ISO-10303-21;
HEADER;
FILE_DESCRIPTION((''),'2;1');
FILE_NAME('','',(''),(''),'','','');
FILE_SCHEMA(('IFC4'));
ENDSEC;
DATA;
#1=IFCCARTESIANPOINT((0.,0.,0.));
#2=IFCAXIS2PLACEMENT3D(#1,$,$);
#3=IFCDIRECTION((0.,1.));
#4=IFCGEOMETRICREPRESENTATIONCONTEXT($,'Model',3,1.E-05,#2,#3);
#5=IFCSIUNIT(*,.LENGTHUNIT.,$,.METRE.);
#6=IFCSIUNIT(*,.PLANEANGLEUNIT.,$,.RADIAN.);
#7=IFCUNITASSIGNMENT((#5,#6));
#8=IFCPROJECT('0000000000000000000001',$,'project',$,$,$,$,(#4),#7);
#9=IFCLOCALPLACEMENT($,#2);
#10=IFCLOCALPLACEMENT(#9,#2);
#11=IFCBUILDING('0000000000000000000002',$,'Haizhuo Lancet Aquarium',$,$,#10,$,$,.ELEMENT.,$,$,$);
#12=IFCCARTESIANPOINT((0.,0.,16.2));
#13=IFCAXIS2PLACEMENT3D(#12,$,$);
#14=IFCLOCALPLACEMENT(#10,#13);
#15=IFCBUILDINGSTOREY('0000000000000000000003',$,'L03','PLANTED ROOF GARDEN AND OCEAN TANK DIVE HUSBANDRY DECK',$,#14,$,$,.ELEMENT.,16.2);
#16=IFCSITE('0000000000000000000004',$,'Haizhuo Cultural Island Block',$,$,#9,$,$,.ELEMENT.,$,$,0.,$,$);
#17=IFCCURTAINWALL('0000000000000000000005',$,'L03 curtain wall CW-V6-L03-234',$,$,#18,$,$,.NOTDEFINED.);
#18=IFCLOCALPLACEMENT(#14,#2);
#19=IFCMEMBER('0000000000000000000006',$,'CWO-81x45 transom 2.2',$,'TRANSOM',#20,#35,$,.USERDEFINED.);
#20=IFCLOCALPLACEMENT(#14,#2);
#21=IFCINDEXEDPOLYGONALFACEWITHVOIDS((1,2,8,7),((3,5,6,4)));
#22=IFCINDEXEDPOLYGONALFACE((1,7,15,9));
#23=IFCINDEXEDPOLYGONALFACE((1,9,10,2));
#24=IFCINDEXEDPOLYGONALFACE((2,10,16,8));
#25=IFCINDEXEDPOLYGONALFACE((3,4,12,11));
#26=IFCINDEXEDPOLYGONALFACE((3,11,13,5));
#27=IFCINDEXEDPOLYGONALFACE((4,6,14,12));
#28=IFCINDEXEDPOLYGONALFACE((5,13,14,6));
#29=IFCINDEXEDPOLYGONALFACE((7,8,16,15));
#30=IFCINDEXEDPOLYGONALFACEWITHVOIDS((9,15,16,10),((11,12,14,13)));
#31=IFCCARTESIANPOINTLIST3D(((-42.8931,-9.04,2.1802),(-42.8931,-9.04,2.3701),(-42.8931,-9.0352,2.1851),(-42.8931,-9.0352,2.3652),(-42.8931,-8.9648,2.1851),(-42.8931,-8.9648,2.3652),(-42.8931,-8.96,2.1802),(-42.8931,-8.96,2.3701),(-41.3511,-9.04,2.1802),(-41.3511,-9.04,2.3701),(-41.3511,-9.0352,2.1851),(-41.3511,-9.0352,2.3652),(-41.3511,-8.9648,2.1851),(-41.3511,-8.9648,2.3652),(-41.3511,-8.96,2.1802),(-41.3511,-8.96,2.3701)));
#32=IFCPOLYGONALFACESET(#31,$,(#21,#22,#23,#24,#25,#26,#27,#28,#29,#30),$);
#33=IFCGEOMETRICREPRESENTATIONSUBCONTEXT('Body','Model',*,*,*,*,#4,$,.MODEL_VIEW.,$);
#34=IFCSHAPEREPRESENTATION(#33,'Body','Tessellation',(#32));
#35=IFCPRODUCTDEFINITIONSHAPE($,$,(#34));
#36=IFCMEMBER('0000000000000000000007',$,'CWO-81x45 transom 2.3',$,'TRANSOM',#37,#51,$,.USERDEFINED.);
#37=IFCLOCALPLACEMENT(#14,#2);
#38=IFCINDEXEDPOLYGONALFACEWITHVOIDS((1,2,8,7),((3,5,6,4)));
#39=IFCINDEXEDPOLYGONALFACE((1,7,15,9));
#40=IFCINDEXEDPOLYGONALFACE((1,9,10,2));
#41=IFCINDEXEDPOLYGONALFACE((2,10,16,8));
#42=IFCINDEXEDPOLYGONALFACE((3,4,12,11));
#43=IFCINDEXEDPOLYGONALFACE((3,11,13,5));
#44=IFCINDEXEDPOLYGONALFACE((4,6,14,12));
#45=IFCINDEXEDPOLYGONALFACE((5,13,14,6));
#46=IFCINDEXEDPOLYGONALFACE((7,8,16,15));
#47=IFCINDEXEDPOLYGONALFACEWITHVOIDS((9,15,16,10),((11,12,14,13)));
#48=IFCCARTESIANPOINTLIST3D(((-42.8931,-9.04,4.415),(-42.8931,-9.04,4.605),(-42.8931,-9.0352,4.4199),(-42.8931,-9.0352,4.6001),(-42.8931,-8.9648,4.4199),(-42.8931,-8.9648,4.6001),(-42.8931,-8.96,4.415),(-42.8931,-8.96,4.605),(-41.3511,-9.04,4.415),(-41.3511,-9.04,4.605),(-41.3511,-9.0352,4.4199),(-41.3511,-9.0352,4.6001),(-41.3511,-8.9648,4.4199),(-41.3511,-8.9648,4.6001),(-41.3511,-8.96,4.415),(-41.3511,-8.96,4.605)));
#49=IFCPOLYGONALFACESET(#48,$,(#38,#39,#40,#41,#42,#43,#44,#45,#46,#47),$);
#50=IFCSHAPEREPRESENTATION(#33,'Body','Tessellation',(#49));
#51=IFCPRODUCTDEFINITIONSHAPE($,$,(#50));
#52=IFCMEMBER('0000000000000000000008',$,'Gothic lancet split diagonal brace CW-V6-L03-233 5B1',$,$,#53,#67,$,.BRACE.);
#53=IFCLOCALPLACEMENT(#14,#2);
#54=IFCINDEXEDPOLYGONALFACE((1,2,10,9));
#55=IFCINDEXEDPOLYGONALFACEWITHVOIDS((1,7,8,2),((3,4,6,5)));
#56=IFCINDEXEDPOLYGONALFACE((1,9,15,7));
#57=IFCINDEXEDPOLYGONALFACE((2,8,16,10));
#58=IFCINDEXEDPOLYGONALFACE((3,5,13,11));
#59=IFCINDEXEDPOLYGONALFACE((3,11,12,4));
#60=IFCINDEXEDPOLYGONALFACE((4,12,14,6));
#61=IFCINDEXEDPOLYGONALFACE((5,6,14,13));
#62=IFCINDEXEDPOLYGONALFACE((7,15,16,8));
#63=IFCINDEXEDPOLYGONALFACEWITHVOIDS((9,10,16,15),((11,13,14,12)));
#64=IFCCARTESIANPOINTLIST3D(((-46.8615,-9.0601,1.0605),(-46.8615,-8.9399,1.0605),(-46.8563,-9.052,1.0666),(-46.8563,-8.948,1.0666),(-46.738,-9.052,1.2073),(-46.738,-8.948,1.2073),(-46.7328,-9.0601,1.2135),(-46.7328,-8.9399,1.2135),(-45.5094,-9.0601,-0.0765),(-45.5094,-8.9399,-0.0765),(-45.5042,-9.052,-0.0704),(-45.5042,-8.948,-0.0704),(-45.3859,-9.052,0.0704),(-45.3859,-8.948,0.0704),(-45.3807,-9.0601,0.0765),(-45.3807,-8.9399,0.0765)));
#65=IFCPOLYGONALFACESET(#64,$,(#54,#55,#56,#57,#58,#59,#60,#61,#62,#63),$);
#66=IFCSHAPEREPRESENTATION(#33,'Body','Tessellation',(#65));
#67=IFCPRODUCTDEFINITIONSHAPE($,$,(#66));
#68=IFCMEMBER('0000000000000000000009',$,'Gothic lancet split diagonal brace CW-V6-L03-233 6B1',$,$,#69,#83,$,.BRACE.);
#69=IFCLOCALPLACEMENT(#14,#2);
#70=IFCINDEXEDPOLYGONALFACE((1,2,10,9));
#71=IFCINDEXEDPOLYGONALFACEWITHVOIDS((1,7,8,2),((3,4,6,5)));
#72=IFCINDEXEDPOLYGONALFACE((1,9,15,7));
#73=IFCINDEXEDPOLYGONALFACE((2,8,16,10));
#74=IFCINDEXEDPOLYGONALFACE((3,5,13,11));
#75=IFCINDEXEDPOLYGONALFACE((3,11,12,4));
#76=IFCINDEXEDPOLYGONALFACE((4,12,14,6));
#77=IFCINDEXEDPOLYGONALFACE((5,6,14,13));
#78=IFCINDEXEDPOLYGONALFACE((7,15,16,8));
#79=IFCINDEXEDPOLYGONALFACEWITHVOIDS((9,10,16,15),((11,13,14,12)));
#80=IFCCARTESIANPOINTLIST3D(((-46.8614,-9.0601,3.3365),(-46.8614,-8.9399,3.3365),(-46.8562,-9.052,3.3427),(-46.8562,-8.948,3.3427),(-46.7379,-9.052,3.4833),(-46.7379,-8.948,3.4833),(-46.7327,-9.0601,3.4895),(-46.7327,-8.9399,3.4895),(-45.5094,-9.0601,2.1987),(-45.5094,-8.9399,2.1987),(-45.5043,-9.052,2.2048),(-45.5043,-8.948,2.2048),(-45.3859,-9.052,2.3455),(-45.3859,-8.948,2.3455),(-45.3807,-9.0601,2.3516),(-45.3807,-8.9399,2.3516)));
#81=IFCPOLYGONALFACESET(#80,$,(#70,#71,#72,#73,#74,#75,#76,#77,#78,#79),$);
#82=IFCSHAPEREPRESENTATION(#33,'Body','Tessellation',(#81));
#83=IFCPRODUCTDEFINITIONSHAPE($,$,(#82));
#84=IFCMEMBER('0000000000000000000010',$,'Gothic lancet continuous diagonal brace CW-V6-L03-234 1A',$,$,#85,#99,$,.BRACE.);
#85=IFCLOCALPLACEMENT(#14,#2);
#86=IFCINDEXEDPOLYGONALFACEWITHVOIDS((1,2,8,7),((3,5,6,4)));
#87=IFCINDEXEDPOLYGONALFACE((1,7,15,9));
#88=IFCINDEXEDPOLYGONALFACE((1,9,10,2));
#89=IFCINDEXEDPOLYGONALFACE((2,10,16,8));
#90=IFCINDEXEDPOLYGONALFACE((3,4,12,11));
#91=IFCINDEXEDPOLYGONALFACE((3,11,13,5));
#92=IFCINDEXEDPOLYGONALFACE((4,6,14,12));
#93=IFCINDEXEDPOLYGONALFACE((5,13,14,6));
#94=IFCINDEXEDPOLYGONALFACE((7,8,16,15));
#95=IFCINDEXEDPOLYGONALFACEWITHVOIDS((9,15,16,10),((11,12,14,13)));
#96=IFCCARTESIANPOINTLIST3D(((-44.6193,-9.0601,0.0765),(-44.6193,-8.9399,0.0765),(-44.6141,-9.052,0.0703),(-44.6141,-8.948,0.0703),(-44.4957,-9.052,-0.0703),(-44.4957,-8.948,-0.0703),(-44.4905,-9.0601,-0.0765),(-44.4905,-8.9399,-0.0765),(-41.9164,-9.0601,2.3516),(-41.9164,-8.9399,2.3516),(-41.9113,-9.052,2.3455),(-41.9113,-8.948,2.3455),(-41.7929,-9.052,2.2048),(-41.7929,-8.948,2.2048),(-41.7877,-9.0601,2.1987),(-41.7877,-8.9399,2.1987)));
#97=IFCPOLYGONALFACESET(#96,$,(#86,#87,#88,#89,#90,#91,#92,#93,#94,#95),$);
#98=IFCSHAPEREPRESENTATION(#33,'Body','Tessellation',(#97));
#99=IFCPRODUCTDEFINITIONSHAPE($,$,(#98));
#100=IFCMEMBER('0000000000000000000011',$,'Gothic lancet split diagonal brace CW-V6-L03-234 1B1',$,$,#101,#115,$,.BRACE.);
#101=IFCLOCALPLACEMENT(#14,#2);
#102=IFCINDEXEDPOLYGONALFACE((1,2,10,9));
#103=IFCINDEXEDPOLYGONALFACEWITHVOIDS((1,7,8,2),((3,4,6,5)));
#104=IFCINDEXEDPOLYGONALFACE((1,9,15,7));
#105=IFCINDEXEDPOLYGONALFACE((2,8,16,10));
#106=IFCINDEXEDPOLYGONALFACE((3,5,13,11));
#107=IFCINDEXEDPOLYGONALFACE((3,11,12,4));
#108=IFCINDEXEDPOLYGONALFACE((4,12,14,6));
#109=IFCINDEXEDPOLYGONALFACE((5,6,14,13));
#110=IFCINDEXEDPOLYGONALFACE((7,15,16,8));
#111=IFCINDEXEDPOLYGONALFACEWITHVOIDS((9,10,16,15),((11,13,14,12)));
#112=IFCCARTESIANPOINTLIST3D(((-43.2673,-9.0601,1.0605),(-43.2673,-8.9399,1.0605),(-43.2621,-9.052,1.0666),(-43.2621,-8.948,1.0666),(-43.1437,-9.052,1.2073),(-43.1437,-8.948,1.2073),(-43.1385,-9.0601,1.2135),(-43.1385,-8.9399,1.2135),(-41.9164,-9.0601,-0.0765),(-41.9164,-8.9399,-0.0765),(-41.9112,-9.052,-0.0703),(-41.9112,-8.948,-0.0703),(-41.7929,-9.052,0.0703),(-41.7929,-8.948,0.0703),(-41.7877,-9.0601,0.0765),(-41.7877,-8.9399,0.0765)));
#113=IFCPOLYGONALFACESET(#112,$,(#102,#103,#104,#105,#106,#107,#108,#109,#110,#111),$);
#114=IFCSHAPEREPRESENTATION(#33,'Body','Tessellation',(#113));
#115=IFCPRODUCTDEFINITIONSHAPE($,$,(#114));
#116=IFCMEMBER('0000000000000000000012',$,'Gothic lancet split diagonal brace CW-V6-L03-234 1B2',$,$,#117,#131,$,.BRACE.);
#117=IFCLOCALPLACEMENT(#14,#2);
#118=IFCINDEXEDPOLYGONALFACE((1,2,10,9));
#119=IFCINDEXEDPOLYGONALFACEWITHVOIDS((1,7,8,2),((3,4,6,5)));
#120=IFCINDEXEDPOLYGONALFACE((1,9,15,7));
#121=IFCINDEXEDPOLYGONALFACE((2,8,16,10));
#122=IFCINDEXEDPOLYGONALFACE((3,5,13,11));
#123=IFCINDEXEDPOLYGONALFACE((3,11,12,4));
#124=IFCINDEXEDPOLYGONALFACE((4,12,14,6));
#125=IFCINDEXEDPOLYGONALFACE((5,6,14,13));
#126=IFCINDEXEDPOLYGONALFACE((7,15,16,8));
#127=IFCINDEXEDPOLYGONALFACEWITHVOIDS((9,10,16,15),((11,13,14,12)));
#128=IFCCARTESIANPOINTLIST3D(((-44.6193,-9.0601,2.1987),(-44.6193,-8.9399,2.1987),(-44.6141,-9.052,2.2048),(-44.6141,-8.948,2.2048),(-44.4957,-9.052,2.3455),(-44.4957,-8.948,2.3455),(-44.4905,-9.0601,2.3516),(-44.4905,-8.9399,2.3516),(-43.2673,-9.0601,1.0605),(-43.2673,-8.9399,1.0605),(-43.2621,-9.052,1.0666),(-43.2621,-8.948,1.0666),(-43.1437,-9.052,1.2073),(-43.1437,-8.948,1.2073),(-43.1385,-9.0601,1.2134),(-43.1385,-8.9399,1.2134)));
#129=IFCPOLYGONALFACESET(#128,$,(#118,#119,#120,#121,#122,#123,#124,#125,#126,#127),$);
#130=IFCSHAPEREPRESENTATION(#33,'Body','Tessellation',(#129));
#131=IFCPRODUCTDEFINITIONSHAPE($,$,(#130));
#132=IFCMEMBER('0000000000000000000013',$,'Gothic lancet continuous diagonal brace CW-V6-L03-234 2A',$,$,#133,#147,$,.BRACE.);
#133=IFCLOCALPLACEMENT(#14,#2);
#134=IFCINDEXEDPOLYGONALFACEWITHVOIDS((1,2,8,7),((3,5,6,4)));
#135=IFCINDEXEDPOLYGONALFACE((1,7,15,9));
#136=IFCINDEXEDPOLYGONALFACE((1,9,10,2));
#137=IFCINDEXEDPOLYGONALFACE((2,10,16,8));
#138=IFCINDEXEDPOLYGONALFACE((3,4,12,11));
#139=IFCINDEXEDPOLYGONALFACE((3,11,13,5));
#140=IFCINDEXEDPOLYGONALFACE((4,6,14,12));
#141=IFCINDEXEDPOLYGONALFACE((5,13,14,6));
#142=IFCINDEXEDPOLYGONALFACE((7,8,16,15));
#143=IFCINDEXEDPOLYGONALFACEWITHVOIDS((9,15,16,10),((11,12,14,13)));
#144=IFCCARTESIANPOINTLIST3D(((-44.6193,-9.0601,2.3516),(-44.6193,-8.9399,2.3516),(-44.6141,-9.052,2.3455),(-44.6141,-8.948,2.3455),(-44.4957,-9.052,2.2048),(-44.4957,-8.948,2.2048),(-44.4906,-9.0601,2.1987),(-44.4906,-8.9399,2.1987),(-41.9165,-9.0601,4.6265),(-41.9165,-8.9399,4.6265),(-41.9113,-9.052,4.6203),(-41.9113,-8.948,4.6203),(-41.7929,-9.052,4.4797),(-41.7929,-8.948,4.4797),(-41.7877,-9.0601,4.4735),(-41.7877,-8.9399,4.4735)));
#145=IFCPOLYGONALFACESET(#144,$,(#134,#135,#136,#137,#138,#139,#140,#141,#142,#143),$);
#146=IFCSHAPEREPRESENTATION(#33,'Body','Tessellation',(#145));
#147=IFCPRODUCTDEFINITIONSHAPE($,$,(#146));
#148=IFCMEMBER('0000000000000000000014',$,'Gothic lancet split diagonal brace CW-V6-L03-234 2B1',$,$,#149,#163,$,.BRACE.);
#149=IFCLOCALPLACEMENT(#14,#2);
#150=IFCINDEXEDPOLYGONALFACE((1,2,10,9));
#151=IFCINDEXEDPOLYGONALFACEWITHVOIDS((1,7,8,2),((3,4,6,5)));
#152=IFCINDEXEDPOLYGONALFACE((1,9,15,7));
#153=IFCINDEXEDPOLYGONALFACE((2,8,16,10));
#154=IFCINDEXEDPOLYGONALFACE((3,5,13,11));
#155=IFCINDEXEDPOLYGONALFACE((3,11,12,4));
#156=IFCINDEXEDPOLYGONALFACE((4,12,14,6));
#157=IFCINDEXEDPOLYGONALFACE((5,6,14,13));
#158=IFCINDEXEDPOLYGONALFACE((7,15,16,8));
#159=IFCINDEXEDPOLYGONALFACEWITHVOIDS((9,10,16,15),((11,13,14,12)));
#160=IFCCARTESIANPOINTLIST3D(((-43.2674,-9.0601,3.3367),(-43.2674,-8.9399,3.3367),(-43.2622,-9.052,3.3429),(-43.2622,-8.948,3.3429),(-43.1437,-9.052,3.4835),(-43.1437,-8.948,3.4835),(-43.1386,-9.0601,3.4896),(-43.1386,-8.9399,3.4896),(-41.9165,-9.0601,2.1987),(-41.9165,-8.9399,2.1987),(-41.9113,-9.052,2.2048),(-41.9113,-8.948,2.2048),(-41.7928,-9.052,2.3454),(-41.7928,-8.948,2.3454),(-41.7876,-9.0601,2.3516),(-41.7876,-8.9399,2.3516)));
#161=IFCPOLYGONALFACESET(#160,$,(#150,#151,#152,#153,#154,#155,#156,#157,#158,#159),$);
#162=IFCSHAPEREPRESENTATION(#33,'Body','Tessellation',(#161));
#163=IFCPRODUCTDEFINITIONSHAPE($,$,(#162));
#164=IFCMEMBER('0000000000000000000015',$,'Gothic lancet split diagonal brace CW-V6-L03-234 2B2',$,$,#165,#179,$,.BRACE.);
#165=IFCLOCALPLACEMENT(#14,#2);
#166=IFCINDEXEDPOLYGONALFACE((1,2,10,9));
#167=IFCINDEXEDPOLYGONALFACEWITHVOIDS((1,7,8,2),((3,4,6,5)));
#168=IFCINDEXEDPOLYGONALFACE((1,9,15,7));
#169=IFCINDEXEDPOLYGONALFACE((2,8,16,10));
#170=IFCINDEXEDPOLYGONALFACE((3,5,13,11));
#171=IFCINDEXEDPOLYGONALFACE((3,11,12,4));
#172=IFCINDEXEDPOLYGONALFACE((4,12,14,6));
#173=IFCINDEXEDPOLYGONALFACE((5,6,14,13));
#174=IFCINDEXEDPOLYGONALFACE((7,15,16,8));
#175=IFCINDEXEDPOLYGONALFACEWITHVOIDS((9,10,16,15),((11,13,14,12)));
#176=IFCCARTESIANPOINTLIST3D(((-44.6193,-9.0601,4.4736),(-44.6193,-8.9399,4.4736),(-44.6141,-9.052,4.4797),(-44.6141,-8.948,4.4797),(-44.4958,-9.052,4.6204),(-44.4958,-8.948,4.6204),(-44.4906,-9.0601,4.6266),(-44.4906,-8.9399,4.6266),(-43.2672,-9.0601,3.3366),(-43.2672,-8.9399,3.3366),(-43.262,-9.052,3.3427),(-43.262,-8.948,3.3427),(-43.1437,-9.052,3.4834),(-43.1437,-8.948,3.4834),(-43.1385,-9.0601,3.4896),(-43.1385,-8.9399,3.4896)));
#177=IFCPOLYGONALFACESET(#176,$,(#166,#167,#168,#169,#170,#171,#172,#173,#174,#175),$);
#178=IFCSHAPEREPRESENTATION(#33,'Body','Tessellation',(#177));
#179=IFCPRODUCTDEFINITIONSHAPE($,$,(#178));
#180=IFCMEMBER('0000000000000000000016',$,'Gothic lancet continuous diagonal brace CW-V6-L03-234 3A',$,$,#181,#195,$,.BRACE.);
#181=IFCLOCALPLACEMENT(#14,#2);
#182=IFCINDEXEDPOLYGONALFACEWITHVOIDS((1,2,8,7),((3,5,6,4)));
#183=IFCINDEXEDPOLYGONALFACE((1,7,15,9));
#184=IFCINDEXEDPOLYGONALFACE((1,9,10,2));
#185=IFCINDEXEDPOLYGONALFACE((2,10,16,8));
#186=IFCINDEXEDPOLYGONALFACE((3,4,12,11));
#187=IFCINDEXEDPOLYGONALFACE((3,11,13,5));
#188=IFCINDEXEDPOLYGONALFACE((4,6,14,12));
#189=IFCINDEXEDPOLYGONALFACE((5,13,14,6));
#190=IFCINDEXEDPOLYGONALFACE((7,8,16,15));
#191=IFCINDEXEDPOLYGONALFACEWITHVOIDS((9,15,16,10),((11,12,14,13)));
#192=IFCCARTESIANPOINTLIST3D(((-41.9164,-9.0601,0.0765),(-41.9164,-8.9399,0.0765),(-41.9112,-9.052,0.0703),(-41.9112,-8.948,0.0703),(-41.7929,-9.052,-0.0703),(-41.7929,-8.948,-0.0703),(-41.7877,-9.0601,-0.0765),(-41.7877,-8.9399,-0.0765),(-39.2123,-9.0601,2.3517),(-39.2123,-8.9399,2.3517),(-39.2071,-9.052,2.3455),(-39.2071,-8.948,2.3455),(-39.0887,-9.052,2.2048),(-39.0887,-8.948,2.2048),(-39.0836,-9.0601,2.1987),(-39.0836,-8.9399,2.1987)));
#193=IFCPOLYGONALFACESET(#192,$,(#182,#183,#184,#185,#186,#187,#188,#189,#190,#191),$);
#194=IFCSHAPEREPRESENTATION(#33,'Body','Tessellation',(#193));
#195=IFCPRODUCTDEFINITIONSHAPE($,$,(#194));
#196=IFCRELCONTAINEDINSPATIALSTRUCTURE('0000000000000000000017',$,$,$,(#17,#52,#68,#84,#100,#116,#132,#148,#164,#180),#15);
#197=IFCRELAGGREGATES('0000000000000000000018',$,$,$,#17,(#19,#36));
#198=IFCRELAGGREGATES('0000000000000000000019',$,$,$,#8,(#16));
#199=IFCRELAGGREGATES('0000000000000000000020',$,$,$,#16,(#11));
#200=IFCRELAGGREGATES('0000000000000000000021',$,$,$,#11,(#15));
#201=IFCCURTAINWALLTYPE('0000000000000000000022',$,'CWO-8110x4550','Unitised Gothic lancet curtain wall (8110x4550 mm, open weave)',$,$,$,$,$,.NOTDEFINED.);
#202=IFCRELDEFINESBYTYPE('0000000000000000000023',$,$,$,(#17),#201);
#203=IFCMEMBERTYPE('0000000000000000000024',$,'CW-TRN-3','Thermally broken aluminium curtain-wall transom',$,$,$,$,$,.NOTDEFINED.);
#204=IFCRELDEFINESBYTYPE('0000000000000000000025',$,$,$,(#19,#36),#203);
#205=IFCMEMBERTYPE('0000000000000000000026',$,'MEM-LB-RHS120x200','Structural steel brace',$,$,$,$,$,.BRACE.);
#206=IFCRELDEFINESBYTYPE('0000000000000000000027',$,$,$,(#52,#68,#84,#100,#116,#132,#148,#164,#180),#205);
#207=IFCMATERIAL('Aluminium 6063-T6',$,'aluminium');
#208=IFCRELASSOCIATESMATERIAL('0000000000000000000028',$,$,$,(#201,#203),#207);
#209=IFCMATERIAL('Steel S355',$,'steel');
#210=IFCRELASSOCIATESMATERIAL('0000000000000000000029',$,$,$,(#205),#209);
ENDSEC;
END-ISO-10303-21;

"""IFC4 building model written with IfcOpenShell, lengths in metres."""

from ifc_helpers import new_model, si_unit, direction, frame, origin, origin_2d, place, context, subcontext, project, spatial, hollow_rectangle, extrude, material, material_profile, profile_set, type_object, element, aggregate, save


model = new_model("IFC4")

# Units and contexts
model_context = context("Model", 3, precision=1e-05, world=origin(), true_north=direction((0.0, 1.0)))
body_context = subcontext(model_context, "Body", "Model", "MODEL_VIEW")
ifc_project = project(units=[si_unit("LENGTHUNIT", "METRE"), si_unit("PLANEANGLEUNIT", "RADIAN")], contexts=[model_context])

# Site, building, storey
site_placement = place(None, origin())
site = spatial("IfcSite", under=ifc_project, at=site_placement, Name="Haizhuo Cultural Island Block", CompositionType="ELEMENT", RefElevation=0.0)
building_placement = place(site_placement, origin())
building = spatial("IfcBuilding", under=site, at=building_placement, Name="Haizhuo Lancet Aquarium", CompositionType="ELEMENT")
storey_placement = place(building_placement, frame((0.0, 0.0, 16.2)))
storey = spatial("IfcBuildingStorey", under=building, at=storey_placement, Name="L03", Description="PLANTED ROOF GARDEN AND OCEAN TANK DIVE HUSBANDRY DECK", CompositionType="ELEMENT", Elevation=16.2)

# Shared definitions
ifc_material_1 = material(Name="Steel S355", Category="steel")

# Shared definitions
ifc_material_2 = material(Name="Aluminium 6063-T6", Category="aluminium")
curtain_wall_type = type_object("IfcCurtainWallType", Name="CWO-8110x4550", Description="Unitised Gothic lancet curtain wall (8110x4550 mm, open weave)", PredefinedType="NOTDEFINED", material=ifc_material_2)

# Curtain wall, members
curtain_wall_1_placement = place(storey_placement, origin())
curtain_wall_1 = element("IfcCurtainWall", 1, at=curtain_wall_1_placement, inside=storey, type_object=curtain_wall_type, Name="L03 curtain wall CW-V6-L03-234", PredefinedType="NOTDEFINED")
ifc_material_profile_1 = material_profile(ifc_material_2, hollow_rectangle(XDim=0.0801, YDim=0.1899, WallThickness=0.0049, at=origin_2d()), Name="ALU-T 80x190x5")
ifc_profile_set_1 = profile_set([ifc_material_profile_1], Name="Aluminium 6063-T6")
member_type_1 = type_object("IfcMemberType", Name="CW-TRN-3", Description="Thermally broken aluminium curtain-wall transom", PredefinedType="NOTDEFINED", material=ifc_profile_set_1)
member_1_placement = place(storey_placement, frame((-42.8931, -9.0, 2.2751), z_axis=(1.0, 0.0, 0.0), x_axis=(0.0, 1.0, 0.0)))
member_1 = element("IfcMember", 2, at=member_1_placement, type_object=member_type_1, Name="CWO-81x45 transom 2.2", ObjectType="TRANSOM", PredefinedType="USERDEFINED", context=body_context, shape_type="SweptSolid", body=[
    extrude(hollow_rectangle(XDim=0.0801, YDim=0.1899, WallThickness=0.0049, at=origin_2d()), origin(), (0.0, 0.0, 1.0), 1.542),
])
member_2_placement = place(storey_placement, frame((-42.8931, -9.0, 4.51), z_axis=(1.0, 0.0, 0.0), x_axis=(0.0, 1.0, 0.0)))
member_2 = element("IfcMember", 3, at=member_2_placement, type_object=member_type_1, Name="CWO-81x45 transom 2.3", ObjectType="TRANSOM", PredefinedType="USERDEFINED", context=body_context, shape_type="SweptSolid", body=[
    extrude(hollow_rectangle(XDim=0.0801, YDim=0.1899, WallThickness=0.0049, at=origin_2d()), origin(), (0.0, 0.0, 1.0), 1.542),
])

# Members
ifc_material_profile_2 = material_profile(ifc_material_1, hollow_rectangle(XDim=0.1201, YDim=0.2, WallThickness=0.0081, at=origin_2d()), Name="RHS 120x200x8")
ifc_profile_set_2 = profile_set([ifc_material_profile_2], Name="Steel S355")
member_type_2 = type_object("IfcMemberType", Name="MEM-LB-RHS120x200", Description="Structural steel brace", PredefinedType="BRACE", material=ifc_profile_set_2)
member_3_placement = place(storey_placement, frame((-45.4451, -9.0, 0.0), z_axis=(-0.765359, 0.0, 0.643604), x_axis=(0.0, -1.0, 0.0)))
element("IfcMember", 4, at=member_3_placement, inside=storey, type_object=member_type_2, Name="Gothic lancet split diagonal brace CW-V6-L03-233 5B1", PredefinedType="BRACE", context=body_context, shape_type="SweptSolid", body=[
    extrude(hollow_rectangle(XDim=0.1201, YDim=0.2, WallThickness=0.0081, at=origin_2d()), origin(), (0.0, 0.0, 1.0), 1.7666),
])
member_4_placement = place(storey_placement, frame((-45.4451, -9.0, 2.2751), z_axis=(-0.765087, 0.0, 0.643927), x_axis=(0.0, -1.0, 0.0)))
element("IfcMember", 5, at=member_4_placement, inside=storey, type_object=member_type_2, Name="Gothic lancet split diagonal brace CW-V6-L03-233 6B1", PredefinedType="BRACE", context=body_context, shape_type="SweptSolid", body=[
    extrude(hollow_rectangle(XDim=0.1201, YDim=0.2, WallThickness=0.0081, at=origin_2d()), origin(), (0.0, 0.0, 1.0), 1.7671),
])
member_5_placement = place(storey_placement, frame((-44.5549, -9.0, 0.0), z_axis=(0.765046, 0.0, 0.643976), x_axis=(0.0, 1.0, 0.0)))
element("IfcMember", 6, at=member_5_placement, inside=storey, type_object=member_type_2, Name="Gothic lancet continuous diagonal brace CW-V6-L03-234 1A", PredefinedType="BRACE", context=body_context, shape_type="SweptSolid", body=[
    extrude(hollow_rectangle(XDim=0.1201, YDim=0.2, WallThickness=0.0081, at=origin_2d()), origin(), (0.0, 0.0, 1.0), 3.533),
])
member_6_placement = place(storey_placement, frame((-41.8521, -9.0, 0.0), z_axis=(-0.765073, 0.0, 0.643944), x_axis=(0.0, -1.0, 0.0)))
element("IfcMember", 7, at=member_6_placement, inside=storey, type_object=member_type_2, Name="Gothic lancet split diagonal brace CW-V6-L03-234 1B1", PredefinedType="BRACE", context=body_context, shape_type="SweptSolid", body=[
    extrude(hollow_rectangle(XDim=0.1201, YDim=0.2, WallThickness=0.0081, at=origin_2d()), origin(), (0.0, 0.0, 1.0), 1.7656),
])
member_7_placement = place(storey_placement, frame((-43.2029, -9.0, 1.137), z_axis=(-0.765019, 0.0, 0.644008), x_axis=(0.0, -1.0, 0.0)))
element("IfcMember", 8, at=member_7_placement, inside=storey, type_object=member_type_2, Name="Gothic lancet split diagonal brace CW-V6-L03-234 1B2", PredefinedType="BRACE", context=body_context, shape_type="SweptSolid", body=[
    extrude(hollow_rectangle(XDim=0.1201, YDim=0.2, WallThickness=0.0081, at=origin_2d()), origin(), (0.0, 0.0, 1.0), 1.7673),
])
member_8_placement = place(storey_placement, frame((-44.5549, -9.0, 2.2751), z_axis=(0.76508, 0.0, 0.643936), x_axis=(0.0, 1.0, 0.0)))
element("IfcMember", 9, at=member_8_placement, inside=storey, type_object=member_type_2, Name="Gothic lancet continuous diagonal brace CW-V6-L03-234 2A", PredefinedType="BRACE", context=body_context, shape_type="SweptSolid", body=[
    extrude(hollow_rectangle(XDim=0.1201, YDim=0.2, WallThickness=0.0081, at=origin_2d()), origin(), (0.0, 0.0, 1.0), 3.5327),
])
member_9_placement = place(storey_placement, frame((-41.8521, -9.0, 2.2751), z_axis=(-0.7648, 0.0, 0.644268), x_axis=(0.0, -1.0, 0.0)))
element("IfcMember", 10, at=member_9_placement, inside=storey, type_object=member_type_2, Name="Gothic lancet split diagonal brace CW-V6-L03-234 2B1", PredefinedType="BRACE", context=body_context, shape_type="SweptSolid", body=[
    extrude(hollow_rectangle(XDim=0.1201, YDim=0.2, WallThickness=0.0081, at=origin_2d()), origin(), (0.0, 0.0, 1.0), 1.7664),
])
member_10_placement = place(storey_placement, frame((-43.2029, -9.0, 3.4131), z_axis=(-0.765359, 0.0, 0.643604), x_axis=(0.0, -1.0, 0.0)))
element("IfcMember", 11, at=member_10_placement, inside=storey, type_object=member_type_2, Name="Gothic lancet split diagonal brace CW-V6-L03-234 2B2", PredefinedType="BRACE", context=body_context, shape_type="SweptSolid", body=[
    extrude(hollow_rectangle(XDim=0.1201, YDim=0.2, WallThickness=0.0081, at=origin_2d()), origin(), (0.0, 0.0, 1.0), 1.7666),
])
member_11_placement = place(storey_placement, frame((-41.8521, -9.0, 0.0), z_axis=(0.765189, 0.0, 0.643806), x_axis=(0.0, 1.0, 0.0)))
element("IfcMember", 12, at=member_11_placement, inside=storey, type_object=member_type_2, Name="Gothic lancet continuous diagonal brace CW-V6-L03-234 3A", PredefinedType="BRACE", context=body_context, shape_type="SweptSolid", body=[
    extrude(hollow_rectangle(XDim=0.1201, YDim=0.2, WallThickness=0.0081, at=origin_2d()), origin(), (0.0, 0.0, 1.0), 3.5339),
])

aggregate(curtain_wall_1, [member_1, member_2])

save(model, "model.ifc")
